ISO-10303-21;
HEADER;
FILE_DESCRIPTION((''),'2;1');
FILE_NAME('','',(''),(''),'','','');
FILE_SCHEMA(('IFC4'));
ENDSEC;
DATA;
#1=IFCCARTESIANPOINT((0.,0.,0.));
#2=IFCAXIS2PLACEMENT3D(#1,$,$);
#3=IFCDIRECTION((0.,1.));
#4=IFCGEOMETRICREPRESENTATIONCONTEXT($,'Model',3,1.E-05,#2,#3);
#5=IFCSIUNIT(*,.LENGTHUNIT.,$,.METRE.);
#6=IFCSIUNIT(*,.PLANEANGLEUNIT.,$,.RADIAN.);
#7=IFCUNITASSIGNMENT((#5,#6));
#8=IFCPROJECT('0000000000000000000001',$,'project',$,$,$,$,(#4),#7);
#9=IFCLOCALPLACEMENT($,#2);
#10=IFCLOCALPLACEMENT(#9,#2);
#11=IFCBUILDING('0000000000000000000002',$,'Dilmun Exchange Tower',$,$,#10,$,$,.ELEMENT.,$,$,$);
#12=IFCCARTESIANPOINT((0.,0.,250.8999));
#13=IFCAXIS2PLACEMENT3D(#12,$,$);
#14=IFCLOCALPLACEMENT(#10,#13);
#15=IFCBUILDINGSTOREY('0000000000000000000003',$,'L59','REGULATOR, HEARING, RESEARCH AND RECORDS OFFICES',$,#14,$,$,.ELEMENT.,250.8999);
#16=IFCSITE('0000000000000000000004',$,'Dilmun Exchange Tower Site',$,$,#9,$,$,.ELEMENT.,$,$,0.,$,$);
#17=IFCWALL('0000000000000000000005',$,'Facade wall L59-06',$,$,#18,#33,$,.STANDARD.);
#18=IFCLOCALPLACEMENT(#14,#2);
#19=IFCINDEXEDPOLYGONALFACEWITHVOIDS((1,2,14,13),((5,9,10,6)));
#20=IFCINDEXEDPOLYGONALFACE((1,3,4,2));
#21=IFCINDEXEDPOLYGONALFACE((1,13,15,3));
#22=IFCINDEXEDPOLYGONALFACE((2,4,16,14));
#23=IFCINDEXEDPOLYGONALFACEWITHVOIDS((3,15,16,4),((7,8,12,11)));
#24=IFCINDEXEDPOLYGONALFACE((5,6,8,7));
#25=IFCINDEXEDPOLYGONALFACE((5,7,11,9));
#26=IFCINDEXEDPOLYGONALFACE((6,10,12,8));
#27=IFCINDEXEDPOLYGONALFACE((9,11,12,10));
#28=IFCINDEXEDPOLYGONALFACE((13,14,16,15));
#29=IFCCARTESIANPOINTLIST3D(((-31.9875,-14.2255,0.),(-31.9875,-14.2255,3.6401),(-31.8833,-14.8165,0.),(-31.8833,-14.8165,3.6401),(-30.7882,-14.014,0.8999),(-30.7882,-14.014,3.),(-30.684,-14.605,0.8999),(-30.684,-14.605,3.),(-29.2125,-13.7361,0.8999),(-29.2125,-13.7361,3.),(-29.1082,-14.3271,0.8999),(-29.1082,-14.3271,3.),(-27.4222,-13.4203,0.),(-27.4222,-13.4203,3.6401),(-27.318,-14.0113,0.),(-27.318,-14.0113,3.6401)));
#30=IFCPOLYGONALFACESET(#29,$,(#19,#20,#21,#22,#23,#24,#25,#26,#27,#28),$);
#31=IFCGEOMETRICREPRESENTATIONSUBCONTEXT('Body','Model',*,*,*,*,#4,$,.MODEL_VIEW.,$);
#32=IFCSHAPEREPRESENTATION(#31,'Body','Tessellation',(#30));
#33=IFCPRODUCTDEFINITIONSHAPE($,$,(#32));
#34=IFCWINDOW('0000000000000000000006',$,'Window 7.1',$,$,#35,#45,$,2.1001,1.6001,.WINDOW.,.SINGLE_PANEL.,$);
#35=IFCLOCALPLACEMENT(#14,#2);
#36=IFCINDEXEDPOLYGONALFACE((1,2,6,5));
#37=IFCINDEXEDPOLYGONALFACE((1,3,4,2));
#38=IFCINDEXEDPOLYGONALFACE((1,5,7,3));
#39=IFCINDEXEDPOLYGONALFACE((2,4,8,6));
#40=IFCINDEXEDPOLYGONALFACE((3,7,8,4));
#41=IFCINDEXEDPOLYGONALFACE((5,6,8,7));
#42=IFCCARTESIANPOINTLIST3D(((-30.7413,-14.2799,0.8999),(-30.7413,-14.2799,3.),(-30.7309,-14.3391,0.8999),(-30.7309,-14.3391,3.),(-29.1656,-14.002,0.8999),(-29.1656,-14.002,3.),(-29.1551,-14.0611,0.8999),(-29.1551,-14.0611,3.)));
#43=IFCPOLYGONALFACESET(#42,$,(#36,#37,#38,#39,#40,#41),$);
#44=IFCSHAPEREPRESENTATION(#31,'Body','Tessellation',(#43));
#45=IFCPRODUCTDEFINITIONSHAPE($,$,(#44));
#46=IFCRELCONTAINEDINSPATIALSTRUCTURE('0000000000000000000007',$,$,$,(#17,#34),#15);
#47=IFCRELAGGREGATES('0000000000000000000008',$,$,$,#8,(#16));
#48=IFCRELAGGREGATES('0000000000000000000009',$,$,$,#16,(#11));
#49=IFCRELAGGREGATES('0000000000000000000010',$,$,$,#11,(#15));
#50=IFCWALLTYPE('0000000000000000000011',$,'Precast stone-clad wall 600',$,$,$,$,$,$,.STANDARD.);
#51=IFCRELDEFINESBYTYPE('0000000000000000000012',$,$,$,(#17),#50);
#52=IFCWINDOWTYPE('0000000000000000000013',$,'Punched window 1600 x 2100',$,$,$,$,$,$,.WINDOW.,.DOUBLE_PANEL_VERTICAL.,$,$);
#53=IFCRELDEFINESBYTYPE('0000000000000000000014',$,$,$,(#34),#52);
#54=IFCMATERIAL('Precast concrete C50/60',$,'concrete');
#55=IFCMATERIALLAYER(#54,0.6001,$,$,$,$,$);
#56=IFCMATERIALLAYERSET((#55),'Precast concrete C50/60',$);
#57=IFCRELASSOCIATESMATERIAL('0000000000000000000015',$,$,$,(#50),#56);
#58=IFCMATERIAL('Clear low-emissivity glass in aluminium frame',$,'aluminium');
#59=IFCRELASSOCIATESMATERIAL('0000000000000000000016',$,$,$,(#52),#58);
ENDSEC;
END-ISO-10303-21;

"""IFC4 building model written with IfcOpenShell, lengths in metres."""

from ifc_helpers import new_model, si_unit, direction, frame, frame_2d, origin, place, context, subcontext, project, spatial, rectangle, extrude, material, layer, layer_set, type_object, element, fill, save


model = new_model("IFC4")

# Units and contexts
model_context = context("Model", 3, precision=1e-05, world=origin(), true_north=direction((0.0, 1.0)))
body_context = subcontext(model_context, "Body", "Model", "MODEL_VIEW")
ifc_project = project(units=[si_unit("LENGTHUNIT", "METRE"), si_unit("PLANEANGLEUNIT", "RADIAN")], contexts=[model_context])

# Site, building, storey
site_placement = place(None, origin())
site = spatial("IfcSite", under=ifc_project, at=site_placement, Name="Dilmun Exchange Tower Site", CompositionType="ELEMENT", RefElevation=0.0)
building_placement = place(site_placement, origin())
building = spatial("IfcBuilding", under=site, at=building_placement, Name="Dilmun Exchange Tower", CompositionType="ELEMENT")
storey_placement = place(building_placement, frame((0.0, 0.0, 250.8999)))
storey = spatial("IfcBuildingStorey", under=building, at=storey_placement, Name="L59", Description="REGULATOR, HEARING, RESEARCH AND RECORDS OFFICES", CompositionType="ELEMENT", Elevation=250.8999)

# Wall, opening, window
ifc_material_1 = material(Name="Precast concrete C50/60", Category="concrete")
ifc_layer_1 = layer(ifc_material_1, 0.6001)
ifc_layer_set_1 = layer_set([ifc_layer_1], Name="Precast concrete C50/60")
wall_type_1 = type_object("IfcWallType", Name="Precast stone-clad wall 600", PredefinedType="STANDARD", material=ifc_layer_set_1)
wall_1_placement = place(storey_placement, frame((-27.3701, -13.7158, 0.0), z_axis=(0.0, 0.0, 1.0), x_axis=(-0.9848, -0.173692, 0.0)))
wall_1 = element("IfcWall", 1, at=wall_1_placement, inside=storey, type_object=wall_type_1, Name="Facade wall L59-06", PredefinedType="STANDARD", context=body_context, shape_type="SweptSolid", body=[
    extrude(rectangle(XDim=4.6357, YDim=0.6001, at=frame_2d((2.3179, 0.0))), origin(), (0.0, 0.0, 1.0), 3.6401),
])
opening_1_placement = place(wall_1_placement, frame((1.8179, 0.0, 0.8999)))
opening_1 = element("IfcOpeningElement", 2, at=opening_1_placement, cuts=wall_1, PredefinedType="OPENING", context=body_context, shape_type="SweptSolid", body=[
    extrude(rectangle(XDim=1.6001, YDim=2.1001, at=frame_2d((0.8, 1.05))), frame((0.0, 0.3101, 0.0), z_axis=(0.0, -1.0, 0.0), x_axis=(1.0, 0.0, 0.0)), (0.0, 0.0, 1.0), 0.6201),
])
ifc_material_2 = material(Name="Clear low-emissivity glass in aluminium frame", Category="aluminium")
window_type_1 = type_object("IfcWindowType", Name="Punched window 1600 x 2100", PartitioningType="DOUBLE_PANEL_VERTICAL", PredefinedType="WINDOW", material=ifc_material_2)
window_1_placement = place(opening_1_placement, origin())
window_1 = element("IfcWindow", 3, at=window_1_placement, inside=storey, type_object=window_type_1, Name="Window 7.1", OverallHeight=2.1001, OverallWidth=1.6001, PartitioningType="SINGLE_PANEL", PredefinedType="WINDOW", context=body_context, shape_type="SweptSolid", body=[
    extrude(rectangle(XDim=1.6001, YDim=2.1001, at=frame_2d((0.8, 1.05))), frame((0.0, 0.03, 0.0), z_axis=(0.0, -1.0, 0.0), x_axis=(1.0, 0.0, 0.0)), (0.0, 0.0, 1.0), 0.0601),
])
fill(opening_1, window_1)

save(model, "model.ifc")
